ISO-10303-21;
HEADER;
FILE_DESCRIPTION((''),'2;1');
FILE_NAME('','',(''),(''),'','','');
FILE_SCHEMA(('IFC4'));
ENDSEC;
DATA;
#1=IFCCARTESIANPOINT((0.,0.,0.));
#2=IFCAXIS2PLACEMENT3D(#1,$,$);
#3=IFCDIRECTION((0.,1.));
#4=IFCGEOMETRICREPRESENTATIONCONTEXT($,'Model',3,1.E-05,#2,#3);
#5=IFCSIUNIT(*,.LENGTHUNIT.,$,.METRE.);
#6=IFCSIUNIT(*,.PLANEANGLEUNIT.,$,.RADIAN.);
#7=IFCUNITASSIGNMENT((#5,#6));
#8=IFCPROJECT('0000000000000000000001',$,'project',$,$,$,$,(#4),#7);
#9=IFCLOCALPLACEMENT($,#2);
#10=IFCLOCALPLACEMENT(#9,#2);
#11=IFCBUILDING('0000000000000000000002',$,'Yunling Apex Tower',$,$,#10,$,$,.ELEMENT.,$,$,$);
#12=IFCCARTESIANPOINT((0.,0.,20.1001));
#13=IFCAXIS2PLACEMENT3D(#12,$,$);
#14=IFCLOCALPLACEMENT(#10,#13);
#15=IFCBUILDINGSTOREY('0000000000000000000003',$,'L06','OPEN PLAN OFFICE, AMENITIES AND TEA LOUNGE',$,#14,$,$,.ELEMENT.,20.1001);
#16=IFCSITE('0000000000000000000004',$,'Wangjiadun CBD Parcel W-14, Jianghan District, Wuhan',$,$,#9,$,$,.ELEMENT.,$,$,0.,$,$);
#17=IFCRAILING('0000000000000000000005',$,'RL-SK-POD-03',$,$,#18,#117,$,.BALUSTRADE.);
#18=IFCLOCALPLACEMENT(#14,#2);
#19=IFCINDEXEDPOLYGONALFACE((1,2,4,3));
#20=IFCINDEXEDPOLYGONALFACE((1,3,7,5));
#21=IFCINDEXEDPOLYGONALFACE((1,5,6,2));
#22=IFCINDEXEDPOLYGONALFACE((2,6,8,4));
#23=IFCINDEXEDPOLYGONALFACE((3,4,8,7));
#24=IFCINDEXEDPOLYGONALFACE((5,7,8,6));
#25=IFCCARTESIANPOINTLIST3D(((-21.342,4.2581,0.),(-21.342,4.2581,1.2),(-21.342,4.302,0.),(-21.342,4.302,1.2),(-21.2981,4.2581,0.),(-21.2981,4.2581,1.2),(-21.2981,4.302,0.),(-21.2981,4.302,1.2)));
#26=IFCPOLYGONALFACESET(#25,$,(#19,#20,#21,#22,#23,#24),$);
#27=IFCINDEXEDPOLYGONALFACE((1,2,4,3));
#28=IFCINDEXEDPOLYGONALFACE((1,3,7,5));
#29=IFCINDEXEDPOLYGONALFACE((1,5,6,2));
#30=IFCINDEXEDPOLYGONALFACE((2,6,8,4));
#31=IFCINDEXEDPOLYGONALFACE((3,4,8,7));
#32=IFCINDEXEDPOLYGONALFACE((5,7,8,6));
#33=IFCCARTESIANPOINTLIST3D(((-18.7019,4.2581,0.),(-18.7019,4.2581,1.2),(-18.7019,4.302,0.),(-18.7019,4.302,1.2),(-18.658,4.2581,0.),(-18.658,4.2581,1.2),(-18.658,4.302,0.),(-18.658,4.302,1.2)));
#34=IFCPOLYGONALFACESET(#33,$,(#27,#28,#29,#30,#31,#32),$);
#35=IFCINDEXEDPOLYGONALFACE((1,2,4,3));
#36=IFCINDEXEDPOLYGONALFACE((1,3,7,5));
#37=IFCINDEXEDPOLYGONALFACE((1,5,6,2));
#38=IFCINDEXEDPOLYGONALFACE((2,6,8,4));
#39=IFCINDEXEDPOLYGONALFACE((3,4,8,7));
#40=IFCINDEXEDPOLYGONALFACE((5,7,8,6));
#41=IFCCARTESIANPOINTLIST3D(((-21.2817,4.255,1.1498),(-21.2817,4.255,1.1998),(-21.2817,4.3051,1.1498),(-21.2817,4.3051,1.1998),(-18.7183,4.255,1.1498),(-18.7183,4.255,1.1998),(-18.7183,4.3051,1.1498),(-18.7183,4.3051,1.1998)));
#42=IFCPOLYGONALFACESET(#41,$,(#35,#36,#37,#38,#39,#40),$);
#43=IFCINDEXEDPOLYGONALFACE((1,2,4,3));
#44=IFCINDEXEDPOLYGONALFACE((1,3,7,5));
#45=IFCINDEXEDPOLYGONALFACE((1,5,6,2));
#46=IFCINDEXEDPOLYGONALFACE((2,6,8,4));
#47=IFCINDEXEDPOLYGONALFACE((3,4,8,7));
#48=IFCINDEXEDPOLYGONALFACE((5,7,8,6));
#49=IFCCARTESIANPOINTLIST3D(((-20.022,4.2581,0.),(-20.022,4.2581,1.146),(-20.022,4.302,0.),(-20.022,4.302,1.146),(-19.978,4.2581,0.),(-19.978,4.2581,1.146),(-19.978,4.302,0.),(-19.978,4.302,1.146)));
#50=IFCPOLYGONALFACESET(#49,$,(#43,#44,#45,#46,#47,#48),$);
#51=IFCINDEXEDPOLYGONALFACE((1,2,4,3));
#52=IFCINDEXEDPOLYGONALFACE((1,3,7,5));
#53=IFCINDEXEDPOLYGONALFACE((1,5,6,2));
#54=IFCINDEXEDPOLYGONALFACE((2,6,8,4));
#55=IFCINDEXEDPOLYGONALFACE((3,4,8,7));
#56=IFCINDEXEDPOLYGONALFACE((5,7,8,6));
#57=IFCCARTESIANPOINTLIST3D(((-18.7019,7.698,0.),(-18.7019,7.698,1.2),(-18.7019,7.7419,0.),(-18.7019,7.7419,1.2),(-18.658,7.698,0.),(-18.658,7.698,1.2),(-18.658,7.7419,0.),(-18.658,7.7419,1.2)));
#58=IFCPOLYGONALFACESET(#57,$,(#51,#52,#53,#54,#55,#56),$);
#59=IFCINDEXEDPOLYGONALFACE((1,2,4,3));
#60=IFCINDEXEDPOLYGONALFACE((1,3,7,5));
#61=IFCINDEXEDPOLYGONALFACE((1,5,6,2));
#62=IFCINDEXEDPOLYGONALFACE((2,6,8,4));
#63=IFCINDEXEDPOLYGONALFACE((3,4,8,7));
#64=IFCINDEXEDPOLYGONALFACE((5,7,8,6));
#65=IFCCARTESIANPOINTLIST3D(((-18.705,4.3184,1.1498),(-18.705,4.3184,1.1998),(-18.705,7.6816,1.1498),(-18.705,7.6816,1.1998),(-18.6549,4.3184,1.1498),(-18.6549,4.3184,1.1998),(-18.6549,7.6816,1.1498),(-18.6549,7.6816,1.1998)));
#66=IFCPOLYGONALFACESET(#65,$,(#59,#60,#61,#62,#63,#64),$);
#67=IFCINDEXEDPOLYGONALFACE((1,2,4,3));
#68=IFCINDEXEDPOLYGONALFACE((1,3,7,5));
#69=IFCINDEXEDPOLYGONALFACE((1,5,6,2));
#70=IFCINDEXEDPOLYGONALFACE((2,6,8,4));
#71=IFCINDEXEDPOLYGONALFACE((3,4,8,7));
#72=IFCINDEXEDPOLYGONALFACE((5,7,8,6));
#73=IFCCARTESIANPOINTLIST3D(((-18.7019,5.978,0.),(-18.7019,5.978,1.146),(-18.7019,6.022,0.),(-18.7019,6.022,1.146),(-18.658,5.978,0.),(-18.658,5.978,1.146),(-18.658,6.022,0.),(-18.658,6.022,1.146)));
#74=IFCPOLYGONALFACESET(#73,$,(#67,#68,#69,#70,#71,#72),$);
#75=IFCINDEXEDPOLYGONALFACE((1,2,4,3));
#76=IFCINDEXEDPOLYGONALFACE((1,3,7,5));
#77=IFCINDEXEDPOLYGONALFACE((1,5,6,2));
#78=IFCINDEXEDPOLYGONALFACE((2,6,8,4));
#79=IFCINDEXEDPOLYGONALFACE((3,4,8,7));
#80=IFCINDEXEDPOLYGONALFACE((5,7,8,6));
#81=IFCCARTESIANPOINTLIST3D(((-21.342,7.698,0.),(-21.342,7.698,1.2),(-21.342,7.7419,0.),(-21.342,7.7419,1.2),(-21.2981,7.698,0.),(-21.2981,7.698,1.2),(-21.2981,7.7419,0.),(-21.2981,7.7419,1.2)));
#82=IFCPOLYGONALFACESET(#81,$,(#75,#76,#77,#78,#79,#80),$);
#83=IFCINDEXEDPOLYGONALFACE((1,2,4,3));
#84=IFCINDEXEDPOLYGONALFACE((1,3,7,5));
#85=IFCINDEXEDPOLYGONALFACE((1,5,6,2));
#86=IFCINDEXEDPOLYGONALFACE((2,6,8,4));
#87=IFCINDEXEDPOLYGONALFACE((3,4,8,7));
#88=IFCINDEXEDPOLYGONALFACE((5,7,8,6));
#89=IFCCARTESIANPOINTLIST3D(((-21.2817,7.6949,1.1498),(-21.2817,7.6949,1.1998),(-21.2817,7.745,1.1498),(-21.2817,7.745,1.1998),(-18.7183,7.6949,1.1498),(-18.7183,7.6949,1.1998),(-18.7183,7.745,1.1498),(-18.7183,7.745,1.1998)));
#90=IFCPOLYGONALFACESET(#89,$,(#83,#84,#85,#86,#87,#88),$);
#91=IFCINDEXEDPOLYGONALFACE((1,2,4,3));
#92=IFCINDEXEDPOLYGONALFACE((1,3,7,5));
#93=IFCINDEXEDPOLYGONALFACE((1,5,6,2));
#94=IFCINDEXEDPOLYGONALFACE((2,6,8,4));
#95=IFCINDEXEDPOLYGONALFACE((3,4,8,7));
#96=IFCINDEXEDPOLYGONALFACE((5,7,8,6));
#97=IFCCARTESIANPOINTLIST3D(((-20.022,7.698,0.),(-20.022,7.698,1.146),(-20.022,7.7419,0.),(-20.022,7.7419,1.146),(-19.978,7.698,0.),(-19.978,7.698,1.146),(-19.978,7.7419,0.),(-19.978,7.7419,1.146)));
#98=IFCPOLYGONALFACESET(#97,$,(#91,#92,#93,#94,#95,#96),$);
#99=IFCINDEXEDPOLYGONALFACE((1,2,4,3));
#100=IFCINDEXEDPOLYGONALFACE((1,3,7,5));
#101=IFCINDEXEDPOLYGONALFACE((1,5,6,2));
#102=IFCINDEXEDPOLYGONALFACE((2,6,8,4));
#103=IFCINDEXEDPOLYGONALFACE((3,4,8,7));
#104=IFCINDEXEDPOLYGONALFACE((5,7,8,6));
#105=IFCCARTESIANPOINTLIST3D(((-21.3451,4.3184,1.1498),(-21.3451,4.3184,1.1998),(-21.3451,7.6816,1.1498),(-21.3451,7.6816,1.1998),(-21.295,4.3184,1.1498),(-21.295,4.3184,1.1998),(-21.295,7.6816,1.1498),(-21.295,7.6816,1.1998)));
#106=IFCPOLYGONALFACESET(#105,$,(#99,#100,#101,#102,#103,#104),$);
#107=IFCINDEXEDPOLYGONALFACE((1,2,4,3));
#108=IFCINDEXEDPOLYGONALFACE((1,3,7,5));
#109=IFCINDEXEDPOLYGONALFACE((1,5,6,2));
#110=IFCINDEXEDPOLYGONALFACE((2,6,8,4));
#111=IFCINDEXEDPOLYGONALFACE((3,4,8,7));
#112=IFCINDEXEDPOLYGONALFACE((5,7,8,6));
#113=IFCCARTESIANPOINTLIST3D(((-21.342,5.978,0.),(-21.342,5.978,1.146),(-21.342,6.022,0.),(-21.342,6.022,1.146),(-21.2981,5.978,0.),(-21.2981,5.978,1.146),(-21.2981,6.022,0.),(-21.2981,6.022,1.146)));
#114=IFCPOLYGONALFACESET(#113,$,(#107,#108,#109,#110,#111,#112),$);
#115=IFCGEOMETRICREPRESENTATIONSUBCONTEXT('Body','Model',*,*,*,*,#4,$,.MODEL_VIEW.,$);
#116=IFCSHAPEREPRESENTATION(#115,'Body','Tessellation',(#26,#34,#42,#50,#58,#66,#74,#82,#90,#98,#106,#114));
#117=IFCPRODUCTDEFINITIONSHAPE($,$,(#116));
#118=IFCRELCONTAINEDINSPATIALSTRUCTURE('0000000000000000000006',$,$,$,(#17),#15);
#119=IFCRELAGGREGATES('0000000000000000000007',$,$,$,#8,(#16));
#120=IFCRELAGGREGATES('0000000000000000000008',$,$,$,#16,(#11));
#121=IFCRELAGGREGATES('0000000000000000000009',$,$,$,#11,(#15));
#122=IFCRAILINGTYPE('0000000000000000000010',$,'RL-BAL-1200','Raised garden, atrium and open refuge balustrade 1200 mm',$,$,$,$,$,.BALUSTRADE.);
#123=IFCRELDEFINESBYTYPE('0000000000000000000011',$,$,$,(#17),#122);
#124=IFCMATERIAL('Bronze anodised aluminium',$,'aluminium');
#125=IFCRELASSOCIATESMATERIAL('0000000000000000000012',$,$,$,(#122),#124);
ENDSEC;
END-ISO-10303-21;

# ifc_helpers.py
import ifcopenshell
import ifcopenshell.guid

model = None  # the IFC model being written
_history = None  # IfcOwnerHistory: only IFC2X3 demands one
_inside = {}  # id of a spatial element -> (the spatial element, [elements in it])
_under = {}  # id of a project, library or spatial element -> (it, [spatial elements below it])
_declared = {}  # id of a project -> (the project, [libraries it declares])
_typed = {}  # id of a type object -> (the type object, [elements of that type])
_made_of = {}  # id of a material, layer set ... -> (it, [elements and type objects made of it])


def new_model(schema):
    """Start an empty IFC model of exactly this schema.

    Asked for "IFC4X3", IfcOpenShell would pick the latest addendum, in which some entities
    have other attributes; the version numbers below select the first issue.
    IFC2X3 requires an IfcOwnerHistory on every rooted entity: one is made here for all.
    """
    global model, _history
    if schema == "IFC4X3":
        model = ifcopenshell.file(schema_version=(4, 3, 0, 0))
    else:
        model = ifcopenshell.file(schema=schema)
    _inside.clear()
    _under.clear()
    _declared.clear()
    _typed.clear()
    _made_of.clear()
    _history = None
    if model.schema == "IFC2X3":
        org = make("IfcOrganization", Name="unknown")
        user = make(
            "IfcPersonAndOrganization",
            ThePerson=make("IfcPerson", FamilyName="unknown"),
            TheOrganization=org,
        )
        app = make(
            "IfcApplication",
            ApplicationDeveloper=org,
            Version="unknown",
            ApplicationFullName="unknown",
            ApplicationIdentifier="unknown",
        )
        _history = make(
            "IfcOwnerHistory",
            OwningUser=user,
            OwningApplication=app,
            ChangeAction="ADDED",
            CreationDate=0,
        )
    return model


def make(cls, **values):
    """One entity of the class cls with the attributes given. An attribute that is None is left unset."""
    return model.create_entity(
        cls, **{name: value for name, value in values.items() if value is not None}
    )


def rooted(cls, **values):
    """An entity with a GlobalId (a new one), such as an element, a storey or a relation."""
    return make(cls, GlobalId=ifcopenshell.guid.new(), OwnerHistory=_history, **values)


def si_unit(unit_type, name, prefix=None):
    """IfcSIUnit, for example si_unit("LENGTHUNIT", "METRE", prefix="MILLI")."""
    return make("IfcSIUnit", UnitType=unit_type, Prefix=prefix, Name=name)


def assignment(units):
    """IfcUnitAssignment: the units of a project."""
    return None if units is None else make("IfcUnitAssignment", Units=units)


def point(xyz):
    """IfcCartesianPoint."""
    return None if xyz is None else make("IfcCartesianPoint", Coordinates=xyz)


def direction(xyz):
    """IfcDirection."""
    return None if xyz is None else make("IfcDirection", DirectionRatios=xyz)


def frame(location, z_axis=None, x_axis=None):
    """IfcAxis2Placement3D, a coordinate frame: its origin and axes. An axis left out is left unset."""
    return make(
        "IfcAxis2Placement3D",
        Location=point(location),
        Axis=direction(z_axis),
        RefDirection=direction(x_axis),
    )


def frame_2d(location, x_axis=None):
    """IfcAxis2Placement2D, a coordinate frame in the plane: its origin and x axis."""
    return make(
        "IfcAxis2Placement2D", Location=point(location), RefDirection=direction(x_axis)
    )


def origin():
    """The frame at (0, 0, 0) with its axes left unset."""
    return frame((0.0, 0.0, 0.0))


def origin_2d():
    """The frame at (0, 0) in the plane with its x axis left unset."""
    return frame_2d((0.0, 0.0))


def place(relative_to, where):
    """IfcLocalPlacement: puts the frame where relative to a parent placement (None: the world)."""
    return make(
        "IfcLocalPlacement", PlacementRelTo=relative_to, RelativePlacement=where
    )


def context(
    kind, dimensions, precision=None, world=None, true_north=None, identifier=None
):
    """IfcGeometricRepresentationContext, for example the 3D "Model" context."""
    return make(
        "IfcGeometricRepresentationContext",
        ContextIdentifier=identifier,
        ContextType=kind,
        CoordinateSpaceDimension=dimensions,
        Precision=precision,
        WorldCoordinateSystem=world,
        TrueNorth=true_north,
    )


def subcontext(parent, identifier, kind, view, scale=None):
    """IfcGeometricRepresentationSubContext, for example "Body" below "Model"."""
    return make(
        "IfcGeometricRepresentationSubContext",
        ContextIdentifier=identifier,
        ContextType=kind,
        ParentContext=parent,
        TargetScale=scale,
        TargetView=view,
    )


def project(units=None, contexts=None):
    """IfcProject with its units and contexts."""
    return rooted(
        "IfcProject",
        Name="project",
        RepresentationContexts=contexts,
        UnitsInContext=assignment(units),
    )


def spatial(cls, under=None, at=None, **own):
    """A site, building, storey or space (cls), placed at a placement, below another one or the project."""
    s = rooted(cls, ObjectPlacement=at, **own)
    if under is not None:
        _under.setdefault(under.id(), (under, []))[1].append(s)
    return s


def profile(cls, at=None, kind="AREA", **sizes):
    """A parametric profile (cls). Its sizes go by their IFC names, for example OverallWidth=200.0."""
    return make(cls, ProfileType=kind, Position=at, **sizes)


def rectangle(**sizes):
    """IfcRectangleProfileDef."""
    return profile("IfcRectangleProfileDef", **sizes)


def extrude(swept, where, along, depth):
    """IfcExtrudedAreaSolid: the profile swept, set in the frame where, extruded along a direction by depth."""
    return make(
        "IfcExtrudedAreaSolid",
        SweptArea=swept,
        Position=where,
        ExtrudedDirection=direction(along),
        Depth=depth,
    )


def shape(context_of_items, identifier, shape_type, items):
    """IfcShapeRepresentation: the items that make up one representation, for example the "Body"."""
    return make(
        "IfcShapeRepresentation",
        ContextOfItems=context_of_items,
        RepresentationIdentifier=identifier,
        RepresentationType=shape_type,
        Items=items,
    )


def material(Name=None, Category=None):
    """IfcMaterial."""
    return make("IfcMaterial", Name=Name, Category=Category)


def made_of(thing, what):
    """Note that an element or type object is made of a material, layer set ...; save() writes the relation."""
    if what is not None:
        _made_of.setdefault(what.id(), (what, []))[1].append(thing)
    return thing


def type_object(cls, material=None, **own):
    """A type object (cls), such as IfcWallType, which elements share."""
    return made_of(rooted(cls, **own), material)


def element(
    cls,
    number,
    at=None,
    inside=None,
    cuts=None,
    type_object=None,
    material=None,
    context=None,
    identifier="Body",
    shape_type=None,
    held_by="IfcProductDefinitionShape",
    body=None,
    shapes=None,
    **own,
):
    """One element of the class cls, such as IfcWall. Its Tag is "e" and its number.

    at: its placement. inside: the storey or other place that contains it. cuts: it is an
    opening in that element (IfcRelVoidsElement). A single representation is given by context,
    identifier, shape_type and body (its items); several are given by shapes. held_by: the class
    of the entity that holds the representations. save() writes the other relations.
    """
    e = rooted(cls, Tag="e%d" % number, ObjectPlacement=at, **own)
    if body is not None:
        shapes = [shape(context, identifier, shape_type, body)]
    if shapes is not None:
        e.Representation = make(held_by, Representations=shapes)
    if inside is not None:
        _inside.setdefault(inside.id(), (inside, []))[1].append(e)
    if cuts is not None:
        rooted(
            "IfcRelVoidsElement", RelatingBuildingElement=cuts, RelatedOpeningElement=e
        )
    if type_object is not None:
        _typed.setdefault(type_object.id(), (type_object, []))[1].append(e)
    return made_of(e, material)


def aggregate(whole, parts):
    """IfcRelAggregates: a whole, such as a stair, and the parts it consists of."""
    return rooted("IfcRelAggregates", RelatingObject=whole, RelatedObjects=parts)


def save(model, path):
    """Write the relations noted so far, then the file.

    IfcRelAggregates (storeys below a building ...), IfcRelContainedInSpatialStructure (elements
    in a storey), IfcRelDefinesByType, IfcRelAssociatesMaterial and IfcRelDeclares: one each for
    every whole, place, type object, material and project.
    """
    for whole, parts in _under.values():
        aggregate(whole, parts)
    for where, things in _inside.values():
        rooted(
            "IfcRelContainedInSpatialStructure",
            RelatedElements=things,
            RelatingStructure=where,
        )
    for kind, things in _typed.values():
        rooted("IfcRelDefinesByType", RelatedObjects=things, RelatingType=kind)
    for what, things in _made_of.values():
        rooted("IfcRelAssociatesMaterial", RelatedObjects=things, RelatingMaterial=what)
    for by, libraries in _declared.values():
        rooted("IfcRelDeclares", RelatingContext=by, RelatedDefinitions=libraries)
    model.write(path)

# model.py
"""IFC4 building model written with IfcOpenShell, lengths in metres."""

from ifc_helpers import new_model, si_unit, direction, frame, origin, origin_2d, place, context, subcontext, project, spatial, rectangle, extrude, material, type_object, element, save


model = new_model("IFC4")

# Units and contexts
model_context = context("Model", 3, precision=1e-05, world=origin(), true_north=direction((0.0, 1.0)))
body_context = subcontext(model_context, "Body", "Model", "MODEL_VIEW")
ifc_project = project(units=[si_unit("LENGTHUNIT", "METRE"), si_unit("PLANEANGLEUNIT", "RADIAN")], contexts=[model_context])

# Site, building, storey
site_placement = place(None, origin())
site = spatial("IfcSite", under=ifc_project, at=site_placement, Name="Wangjiadun CBD Parcel W-14, Jianghan District, Wuhan", CompositionType="ELEMENT", RefElevation=0.0)
building_placement = place(site_placement, origin())
building = spatial("IfcBuilding", under=site, at=building_placement, Name="Yunling Apex Tower", CompositionType="ELEMENT")
storey_placement = place(building_placement, frame((0.0, 0.0, 20.1001)))
storey = spatial("IfcBuildingStorey", under=building, at=storey_placement, Name="L06", Description="OPEN PLAN OFFICE, AMENITIES AND TEA LOUNGE", CompositionType="ELEMENT", Elevation=20.1001)

# Shared definitions
ifc_material_1 = material(Name="Bronze anodised aluminium", Category="aluminium")

# Railing
railing_type = type_object("IfcRailingType", Name="RL-BAL-1200", Description="Raised garden, atrium and open refuge balustrade 1200 mm", PredefinedType="BALUSTRADE", material=ifc_material_1)
railing_placement = place(storey_placement, frame((-21.3201, 4.28, 0.0)))
element("IfcRailing", 1, at=railing_placement, inside=storey, type_object=railing_type, Name="RL-SK-POD-03", PredefinedType="BALUSTRADE", context=body_context, shape_type="SweptSolid", body=[
    extrude(rectangle(XDim=0.0439, YDim=0.0439, at=origin_2d()), origin(), (0.0, 0.0, 1.0), 1.2),
    extrude(rectangle(XDim=0.0439, YDim=0.0439, at=origin_2d()), frame((2.6401, 0.0, 0.0)), (0.0, 0.0, 1.0), 1.2),
    extrude(rectangle(XDim=0.05, YDim=0.05, at=origin_2d()), frame((0.0383, 0.0, 1.1748), z_axis=(1.0, 0.0, 0.0), x_axis=(0.0, 1.0, 0.0)), (0.0, 0.0, 1.0), 2.5635),
    extrude(rectangle(XDim=0.0439, YDim=0.0439, at=origin_2d()), frame((1.3201, 0.0, 0.0)), (0.0, 0.0, 1.0), 1.146),
    extrude(rectangle(XDim=0.0439, YDim=0.0439, at=origin_2d()), frame((2.6401, 3.4399, 0.0)), (0.0, 0.0, 1.0), 1.2),
    extrude(rectangle(XDim=0.05, YDim=0.05, at=origin_2d()), frame((2.6401, 0.0383, 1.1748), z_axis=(0.0, 1.0, 0.0), x_axis=(-1.0, 0.0, 0.0)), (0.0, 0.0, 1.0), 3.3633),
    extrude(rectangle(XDim=0.0439, YDim=0.0439, at=origin_2d()), frame((2.6401, 1.72, 0.0)), (0.0, 0.0, 1.0), 1.146),
    extrude(rectangle(XDim=0.0439, YDim=0.0439, at=origin_2d()), frame((0.0, 3.4399, 0.0)), (0.0, 0.0, 1.0), 1.2),
    extrude(rectangle(XDim=0.05, YDim=0.05, at=origin_2d()), frame((2.6018, 3.4399, 1.1748), z_axis=(-1.0, 0.0, 0.0), x_axis=(0.0, -1.0, 0.0)), (0.0, 0.0, 1.0), 2.5635),
    extrude(rectangle(XDim=0.0439, YDim=0.0439, at=origin_2d()), frame((1.3201, 3.4399, 0.0)), (0.0, 0.0, 1.0), 1.146),
    extrude(rectangle(XDim=0.05, YDim=0.05, at=origin_2d()), frame((0.0, 3.4016, 1.1748), z_axis=(0.0, -1.0, 0.0), x_axis=(1.0, 0.0, 0.0)), (0.0, 0.0, 1.0), 3.3633),
    extrude(rectangle(XDim=0.0439, YDim=0.0439, at=origin_2d()), frame((0.0, 1.72, 0.0)), (0.0, 0.0, 1.0), 1.146),
])

save(model, "model.ifc")
